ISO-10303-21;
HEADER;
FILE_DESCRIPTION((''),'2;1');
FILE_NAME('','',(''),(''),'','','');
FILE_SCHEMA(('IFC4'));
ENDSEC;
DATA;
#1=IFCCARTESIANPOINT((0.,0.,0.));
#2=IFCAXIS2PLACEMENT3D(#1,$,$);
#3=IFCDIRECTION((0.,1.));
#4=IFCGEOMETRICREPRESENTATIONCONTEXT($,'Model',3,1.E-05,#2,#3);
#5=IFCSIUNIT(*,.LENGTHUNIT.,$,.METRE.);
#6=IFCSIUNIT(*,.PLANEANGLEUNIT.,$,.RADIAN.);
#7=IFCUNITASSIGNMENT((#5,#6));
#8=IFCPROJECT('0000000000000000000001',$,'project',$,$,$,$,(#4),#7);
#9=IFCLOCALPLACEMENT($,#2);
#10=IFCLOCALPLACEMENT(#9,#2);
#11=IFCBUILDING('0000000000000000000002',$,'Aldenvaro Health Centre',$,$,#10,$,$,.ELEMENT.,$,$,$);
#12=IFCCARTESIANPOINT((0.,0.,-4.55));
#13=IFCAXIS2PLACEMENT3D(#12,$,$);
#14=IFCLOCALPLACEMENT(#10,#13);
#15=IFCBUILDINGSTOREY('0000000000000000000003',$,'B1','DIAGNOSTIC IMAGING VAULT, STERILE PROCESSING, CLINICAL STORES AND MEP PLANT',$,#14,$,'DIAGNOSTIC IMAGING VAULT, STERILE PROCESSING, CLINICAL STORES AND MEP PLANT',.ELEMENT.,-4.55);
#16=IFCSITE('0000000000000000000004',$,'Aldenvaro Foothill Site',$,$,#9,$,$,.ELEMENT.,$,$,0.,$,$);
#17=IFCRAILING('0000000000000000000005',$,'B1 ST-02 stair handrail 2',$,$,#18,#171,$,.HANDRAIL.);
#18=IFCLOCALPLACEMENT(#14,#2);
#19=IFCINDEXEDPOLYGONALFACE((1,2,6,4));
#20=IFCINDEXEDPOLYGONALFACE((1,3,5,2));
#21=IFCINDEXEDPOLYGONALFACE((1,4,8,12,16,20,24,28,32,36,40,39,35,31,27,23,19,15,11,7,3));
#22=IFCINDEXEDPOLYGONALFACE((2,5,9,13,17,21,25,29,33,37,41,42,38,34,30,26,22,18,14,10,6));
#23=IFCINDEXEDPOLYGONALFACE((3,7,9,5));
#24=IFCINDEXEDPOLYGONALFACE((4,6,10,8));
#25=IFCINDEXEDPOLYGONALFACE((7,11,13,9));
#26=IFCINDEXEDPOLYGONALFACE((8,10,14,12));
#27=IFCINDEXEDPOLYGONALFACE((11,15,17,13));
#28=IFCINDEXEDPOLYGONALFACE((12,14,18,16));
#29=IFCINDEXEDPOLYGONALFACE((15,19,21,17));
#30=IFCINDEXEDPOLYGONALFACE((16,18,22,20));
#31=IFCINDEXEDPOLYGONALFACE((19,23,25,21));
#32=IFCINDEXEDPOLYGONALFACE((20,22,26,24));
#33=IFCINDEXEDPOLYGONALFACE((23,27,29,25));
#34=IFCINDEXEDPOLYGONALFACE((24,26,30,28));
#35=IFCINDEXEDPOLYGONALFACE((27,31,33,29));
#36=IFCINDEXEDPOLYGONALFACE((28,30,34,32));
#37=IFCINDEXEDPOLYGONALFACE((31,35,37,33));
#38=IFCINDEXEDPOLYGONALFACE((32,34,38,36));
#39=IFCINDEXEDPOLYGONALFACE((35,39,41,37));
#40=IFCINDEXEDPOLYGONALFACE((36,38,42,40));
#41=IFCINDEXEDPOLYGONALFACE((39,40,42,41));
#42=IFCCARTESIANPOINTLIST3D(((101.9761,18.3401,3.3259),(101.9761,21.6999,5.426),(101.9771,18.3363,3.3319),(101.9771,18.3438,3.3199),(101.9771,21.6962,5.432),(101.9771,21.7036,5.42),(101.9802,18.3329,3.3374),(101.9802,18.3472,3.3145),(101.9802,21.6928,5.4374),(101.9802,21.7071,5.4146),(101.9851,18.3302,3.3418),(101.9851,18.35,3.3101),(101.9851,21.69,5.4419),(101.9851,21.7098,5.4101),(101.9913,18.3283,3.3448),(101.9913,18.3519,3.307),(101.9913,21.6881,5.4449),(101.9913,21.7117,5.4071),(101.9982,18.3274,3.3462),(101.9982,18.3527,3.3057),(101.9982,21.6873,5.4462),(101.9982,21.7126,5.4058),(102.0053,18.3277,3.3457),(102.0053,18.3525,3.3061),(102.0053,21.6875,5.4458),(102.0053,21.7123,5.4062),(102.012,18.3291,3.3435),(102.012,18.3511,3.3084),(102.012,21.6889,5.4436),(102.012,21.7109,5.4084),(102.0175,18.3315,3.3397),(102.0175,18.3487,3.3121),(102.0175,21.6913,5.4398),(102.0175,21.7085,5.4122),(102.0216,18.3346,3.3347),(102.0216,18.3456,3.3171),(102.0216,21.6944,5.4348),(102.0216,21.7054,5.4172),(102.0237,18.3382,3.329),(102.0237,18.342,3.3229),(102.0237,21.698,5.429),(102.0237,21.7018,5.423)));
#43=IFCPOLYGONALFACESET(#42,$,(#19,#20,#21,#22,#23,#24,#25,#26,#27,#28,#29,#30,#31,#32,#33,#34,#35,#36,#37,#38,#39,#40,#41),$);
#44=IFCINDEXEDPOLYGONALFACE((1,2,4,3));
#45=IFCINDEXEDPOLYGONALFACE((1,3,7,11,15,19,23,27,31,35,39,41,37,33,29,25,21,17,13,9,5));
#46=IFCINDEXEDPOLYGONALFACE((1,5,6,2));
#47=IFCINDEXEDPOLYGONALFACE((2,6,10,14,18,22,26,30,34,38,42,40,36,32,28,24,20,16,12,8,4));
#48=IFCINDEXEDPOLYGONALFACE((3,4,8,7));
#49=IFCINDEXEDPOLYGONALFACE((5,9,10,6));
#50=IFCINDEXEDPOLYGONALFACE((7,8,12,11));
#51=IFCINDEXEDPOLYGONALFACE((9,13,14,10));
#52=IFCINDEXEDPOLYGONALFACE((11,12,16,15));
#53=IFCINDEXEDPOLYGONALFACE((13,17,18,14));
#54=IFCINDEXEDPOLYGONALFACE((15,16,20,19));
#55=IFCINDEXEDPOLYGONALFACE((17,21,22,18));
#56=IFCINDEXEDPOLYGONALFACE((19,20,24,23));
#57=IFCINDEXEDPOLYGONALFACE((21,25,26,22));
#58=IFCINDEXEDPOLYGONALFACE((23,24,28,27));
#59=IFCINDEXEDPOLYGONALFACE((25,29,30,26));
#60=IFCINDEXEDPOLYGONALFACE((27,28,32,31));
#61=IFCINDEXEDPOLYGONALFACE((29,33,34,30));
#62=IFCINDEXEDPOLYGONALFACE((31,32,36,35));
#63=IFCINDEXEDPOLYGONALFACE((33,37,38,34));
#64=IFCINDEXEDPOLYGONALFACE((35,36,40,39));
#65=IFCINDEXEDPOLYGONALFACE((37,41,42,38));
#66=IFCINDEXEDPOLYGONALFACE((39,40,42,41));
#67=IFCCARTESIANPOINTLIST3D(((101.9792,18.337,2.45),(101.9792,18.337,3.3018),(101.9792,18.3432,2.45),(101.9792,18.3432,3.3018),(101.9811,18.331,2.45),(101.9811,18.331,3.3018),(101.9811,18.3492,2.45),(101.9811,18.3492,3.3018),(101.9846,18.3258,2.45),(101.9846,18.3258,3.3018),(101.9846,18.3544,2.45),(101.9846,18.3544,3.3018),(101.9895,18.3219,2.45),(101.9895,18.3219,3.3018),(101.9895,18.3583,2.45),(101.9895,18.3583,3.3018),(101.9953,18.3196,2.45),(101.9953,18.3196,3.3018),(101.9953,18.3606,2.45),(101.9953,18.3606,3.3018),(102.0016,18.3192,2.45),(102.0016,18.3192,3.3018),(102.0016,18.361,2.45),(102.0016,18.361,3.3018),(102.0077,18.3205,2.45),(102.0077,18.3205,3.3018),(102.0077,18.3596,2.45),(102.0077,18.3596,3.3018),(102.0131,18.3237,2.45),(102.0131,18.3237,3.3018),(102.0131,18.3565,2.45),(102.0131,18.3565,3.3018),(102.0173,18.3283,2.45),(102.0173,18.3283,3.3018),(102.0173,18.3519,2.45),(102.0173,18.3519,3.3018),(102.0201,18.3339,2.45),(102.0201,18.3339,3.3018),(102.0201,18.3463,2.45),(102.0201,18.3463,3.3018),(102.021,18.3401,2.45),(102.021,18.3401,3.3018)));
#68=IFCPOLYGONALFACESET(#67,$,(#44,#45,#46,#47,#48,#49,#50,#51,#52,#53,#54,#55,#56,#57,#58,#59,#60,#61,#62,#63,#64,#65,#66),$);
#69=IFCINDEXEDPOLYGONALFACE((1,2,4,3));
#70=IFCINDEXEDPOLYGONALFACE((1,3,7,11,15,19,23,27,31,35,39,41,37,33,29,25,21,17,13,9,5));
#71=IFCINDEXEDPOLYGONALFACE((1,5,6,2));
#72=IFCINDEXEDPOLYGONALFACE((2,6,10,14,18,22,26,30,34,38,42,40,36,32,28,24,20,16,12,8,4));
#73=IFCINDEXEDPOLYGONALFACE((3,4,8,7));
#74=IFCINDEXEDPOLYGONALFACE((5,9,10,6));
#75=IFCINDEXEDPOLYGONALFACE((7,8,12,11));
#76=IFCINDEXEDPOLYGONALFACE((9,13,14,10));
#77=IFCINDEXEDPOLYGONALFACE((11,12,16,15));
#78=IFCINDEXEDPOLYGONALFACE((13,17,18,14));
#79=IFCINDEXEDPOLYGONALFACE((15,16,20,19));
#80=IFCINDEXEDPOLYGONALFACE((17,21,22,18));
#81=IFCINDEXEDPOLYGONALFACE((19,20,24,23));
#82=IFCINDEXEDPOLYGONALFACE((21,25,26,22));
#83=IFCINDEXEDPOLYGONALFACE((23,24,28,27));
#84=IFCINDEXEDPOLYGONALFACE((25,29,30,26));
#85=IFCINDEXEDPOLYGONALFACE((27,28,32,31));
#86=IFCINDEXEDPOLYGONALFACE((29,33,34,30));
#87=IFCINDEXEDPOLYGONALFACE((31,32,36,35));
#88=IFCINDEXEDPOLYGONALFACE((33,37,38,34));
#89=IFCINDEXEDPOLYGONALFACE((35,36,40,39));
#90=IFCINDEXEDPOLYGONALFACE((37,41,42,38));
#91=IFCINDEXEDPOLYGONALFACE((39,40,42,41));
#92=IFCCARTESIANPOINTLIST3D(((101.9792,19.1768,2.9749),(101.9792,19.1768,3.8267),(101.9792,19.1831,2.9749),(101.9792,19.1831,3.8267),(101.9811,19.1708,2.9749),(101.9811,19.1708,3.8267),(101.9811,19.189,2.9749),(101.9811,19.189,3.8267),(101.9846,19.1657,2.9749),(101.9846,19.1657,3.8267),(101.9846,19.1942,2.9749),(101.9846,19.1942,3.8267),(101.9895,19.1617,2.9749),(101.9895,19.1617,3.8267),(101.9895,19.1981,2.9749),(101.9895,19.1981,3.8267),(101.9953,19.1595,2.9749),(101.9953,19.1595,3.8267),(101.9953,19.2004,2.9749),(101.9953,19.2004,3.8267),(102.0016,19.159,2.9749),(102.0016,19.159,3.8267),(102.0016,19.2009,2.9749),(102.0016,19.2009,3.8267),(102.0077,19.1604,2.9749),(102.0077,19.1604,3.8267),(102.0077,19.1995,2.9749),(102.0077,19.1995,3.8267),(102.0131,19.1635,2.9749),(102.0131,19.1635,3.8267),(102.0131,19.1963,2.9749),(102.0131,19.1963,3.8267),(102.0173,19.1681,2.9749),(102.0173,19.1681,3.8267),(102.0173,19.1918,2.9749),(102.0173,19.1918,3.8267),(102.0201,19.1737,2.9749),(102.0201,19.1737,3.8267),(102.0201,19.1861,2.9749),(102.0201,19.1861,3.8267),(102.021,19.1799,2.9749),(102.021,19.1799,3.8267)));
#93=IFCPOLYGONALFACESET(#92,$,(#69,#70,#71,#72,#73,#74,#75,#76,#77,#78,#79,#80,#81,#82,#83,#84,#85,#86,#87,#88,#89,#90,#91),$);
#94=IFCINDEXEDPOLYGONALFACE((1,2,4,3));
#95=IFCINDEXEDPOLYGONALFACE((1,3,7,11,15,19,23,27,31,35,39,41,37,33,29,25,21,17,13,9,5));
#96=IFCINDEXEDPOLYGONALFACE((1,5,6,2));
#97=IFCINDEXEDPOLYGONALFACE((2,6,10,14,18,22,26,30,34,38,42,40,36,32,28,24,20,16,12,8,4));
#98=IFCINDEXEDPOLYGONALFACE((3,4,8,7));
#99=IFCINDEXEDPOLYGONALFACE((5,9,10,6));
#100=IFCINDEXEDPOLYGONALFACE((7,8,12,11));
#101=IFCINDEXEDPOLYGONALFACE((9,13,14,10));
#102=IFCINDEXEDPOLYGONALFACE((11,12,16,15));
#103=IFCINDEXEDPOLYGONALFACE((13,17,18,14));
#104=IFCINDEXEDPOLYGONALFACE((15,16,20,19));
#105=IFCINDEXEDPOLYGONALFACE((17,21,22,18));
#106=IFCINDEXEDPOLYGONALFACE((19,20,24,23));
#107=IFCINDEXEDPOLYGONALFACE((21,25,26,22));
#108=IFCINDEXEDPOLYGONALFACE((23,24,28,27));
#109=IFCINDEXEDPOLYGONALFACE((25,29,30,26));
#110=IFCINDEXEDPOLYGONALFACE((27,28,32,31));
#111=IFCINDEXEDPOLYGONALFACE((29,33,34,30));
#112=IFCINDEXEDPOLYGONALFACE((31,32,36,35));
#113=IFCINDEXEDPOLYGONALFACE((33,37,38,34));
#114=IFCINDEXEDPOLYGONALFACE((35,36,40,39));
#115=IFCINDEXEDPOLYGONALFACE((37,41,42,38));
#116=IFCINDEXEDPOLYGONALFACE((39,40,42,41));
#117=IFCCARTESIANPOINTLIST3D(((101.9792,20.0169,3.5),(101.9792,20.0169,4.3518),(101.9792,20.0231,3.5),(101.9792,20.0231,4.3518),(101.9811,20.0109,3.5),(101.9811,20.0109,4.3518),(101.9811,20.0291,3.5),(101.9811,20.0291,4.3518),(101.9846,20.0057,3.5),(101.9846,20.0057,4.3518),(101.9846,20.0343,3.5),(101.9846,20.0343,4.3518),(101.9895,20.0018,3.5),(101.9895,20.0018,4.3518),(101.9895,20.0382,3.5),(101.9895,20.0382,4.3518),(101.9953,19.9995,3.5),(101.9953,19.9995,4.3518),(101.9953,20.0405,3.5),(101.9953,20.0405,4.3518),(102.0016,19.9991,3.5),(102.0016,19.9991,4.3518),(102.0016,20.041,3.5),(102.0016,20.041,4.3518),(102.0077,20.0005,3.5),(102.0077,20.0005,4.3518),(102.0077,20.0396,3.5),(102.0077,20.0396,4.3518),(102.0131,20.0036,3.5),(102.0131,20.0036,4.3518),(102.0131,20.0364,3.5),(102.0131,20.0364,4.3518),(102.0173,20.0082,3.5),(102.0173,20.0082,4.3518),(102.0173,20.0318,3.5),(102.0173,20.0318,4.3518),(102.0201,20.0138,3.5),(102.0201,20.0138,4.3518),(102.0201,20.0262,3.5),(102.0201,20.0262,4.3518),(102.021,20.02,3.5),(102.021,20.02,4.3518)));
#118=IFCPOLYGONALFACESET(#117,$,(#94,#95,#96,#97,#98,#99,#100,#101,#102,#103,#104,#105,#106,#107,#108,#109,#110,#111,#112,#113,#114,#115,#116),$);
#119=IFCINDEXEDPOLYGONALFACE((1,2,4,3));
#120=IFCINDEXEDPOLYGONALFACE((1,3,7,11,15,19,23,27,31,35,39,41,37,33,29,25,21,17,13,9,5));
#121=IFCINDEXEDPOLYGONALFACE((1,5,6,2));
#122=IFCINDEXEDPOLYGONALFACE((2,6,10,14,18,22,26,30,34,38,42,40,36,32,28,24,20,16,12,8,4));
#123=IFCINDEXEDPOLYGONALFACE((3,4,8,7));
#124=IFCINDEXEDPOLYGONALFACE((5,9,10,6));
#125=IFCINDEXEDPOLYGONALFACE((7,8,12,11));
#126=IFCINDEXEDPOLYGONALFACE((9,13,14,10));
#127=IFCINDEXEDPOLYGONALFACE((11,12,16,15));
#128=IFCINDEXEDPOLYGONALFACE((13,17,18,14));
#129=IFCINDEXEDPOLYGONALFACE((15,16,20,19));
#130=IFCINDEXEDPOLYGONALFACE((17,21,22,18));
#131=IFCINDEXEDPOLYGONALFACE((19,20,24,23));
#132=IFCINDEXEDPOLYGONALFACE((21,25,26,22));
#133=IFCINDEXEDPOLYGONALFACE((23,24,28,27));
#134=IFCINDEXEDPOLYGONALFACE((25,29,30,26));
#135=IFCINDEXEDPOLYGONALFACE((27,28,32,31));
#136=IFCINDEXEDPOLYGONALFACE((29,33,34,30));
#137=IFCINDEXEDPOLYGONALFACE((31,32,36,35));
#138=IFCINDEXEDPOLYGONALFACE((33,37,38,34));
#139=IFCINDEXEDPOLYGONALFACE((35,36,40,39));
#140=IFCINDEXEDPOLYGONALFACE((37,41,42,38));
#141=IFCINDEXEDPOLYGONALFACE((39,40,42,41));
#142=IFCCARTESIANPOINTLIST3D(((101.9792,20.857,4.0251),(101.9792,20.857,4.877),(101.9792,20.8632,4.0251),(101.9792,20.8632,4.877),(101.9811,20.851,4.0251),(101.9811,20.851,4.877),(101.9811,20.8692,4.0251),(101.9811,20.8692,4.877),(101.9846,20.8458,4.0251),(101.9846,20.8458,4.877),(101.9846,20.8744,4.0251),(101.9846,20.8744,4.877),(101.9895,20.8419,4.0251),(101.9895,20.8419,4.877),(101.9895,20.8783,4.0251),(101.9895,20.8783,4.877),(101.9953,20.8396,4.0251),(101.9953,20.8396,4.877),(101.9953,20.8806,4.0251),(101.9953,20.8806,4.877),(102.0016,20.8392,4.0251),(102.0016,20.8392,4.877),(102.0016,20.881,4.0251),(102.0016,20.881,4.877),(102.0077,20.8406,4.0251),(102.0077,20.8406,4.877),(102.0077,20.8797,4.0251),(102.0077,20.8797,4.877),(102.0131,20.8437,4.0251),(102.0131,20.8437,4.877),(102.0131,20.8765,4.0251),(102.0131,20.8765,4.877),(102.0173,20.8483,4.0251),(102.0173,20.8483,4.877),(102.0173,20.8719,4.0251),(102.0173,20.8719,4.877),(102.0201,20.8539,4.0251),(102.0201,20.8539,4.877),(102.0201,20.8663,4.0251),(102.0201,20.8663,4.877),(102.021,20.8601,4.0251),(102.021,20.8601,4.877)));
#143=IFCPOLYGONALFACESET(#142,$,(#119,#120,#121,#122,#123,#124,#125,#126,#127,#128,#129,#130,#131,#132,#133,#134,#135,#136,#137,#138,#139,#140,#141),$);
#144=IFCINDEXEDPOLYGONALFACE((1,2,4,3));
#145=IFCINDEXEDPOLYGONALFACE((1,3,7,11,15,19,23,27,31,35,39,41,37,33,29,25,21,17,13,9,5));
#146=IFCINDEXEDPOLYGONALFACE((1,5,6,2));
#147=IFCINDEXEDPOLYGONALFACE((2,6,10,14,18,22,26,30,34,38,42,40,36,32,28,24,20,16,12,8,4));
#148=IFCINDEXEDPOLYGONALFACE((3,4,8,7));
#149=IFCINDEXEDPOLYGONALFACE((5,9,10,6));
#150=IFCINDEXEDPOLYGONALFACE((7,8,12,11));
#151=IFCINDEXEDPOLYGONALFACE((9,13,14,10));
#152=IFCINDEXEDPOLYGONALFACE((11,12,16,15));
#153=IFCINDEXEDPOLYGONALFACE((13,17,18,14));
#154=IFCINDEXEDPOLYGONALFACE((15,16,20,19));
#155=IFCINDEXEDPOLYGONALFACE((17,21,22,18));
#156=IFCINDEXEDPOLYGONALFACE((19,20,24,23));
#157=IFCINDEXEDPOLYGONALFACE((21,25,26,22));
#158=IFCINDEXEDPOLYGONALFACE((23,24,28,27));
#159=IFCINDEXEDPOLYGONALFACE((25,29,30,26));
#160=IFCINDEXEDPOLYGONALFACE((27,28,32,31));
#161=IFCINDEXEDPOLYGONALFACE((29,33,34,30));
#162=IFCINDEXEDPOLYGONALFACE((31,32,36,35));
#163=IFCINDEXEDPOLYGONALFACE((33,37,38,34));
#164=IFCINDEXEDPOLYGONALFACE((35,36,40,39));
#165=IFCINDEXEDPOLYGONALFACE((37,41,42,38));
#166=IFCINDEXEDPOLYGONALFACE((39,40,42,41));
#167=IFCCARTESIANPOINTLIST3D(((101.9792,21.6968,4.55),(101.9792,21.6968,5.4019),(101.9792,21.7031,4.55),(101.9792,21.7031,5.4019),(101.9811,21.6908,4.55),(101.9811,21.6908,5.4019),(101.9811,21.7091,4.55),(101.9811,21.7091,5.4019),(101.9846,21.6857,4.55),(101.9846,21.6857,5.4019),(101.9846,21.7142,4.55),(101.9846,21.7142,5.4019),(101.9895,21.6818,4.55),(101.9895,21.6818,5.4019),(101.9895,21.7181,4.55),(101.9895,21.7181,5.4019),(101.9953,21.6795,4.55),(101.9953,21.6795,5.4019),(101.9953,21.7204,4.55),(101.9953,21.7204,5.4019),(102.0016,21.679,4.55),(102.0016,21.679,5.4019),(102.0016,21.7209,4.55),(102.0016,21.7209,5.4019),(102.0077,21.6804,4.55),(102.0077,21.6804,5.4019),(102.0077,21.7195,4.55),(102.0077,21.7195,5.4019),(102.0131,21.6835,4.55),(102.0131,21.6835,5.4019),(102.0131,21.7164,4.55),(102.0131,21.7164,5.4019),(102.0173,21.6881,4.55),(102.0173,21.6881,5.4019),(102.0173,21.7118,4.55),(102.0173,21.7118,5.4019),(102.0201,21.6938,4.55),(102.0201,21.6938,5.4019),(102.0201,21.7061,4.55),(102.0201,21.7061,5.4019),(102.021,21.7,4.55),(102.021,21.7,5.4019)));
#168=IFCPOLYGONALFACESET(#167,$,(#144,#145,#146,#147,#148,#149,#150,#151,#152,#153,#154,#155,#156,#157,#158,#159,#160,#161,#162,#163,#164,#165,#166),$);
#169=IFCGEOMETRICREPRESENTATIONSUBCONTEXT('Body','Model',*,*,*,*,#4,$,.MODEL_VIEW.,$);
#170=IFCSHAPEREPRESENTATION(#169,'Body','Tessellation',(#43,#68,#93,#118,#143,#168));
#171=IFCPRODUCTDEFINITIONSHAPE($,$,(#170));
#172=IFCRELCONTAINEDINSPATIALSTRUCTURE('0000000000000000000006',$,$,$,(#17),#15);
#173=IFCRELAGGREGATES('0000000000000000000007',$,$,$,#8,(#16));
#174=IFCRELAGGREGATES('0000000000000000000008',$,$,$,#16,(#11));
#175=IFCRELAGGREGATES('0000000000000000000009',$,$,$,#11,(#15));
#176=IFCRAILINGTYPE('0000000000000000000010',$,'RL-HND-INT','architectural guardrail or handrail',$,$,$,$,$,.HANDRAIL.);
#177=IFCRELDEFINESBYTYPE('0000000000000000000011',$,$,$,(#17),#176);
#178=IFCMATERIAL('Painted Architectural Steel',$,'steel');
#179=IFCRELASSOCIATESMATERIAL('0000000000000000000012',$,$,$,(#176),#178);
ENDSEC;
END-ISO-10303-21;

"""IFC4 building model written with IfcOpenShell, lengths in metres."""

from ifc_helpers import new_model, si_unit, direction, frame, origin, origin_2d, place, context, subcontext, project, spatial, circle, extrude, material, type_object, element, save


model = new_model("IFC4")

# Units and contexts
model_context = context("Model", 3, precision=1e-05, world=origin(), true_north=direction((0.0, 1.0)))
body_context = subcontext(model_context, "Body", "Model", "MODEL_VIEW")
ifc_project = project(units=[si_unit("LENGTHUNIT", "METRE"), si_unit("PLANEANGLEUNIT", "RADIAN")], contexts=[model_context])

# Site, building, storey
site_placement = place(None, origin())
site = spatial("IfcSite", under=ifc_project, at=site_placement, Name="Aldenvaro Foothill Site", CompositionType="ELEMENT", RefElevation=0.0)
building_placement = place(site_placement, origin())
building = spatial("IfcBuilding", under=site, at=building_placement, Name="Aldenvaro Health Centre", CompositionType="ELEMENT")
storey_placement = place(building_placement, frame((0.0, 0.0, -4.55)))
storey = spatial("IfcBuildingStorey", under=building, at=storey_placement, Name="B1", Description="DIAGNOSTIC IMAGING VAULT, STERILE PROCESSING, CLINICAL STORES AND MEP PLANT", LongName="DIAGNOSTIC IMAGING VAULT, STERILE PROCESSING, CLINICAL STORES AND MEP PLANT", CompositionType="ELEMENT", Elevation=-4.55)

# Railing
ifc_material_1 = material(Name="Painted Architectural Steel", Category="steel")
railing_type_1 = type_object("IfcRailingType", Name="RL-HND-INT", Description="architectural guardrail or handrail", PredefinedType="HANDRAIL", material=ifc_material_1)
railing_1_placement = place(storey_placement, frame((102.0, 18.3401, 2.45)))
element("IfcRailing", 1, at=railing_1_placement, inside=storey, type_object=railing_type_1, Name="B1 ST-02 stair handrail 2", PredefinedType="HANDRAIL", context=body_context, shape_type="SweptSolid", body=[
    extrude(circle(Radius=0.0239, at=origin_2d()), frame((0.0, 0.0, 0.876), z_axis=(0.0, 0.847978, 0.530032), x_axis=(-1.0, 0.0, 0.0)), (0.0, 0.0, 1.0), 3.9622),
    extrude(circle(Radius=0.021, at=origin_2d()), origin(), (0.0, 0.0, 1.0), 0.8518),
    extrude(circle(Radius=0.021, at=origin_2d()), frame((0.0, 0.8398, 0.5249)), (0.0, 0.0, 1.0), 0.8518),
    extrude(circle(Radius=0.021, at=origin_2d()), frame((0.0, 1.6799, 1.05)), (0.0, 0.0, 1.0), 0.8518),
    extrude(circle(Radius=0.021, at=origin_2d()), frame((0.0, 2.52, 1.5752)), (0.0, 0.0, 1.0), 0.8518),
    extrude(circle(Radius=0.021, at=origin_2d()), frame((0.0, 3.3599, 2.1001)), (0.0, 0.0, 1.0), 0.8518),
])

save(model, "model.ifc")
